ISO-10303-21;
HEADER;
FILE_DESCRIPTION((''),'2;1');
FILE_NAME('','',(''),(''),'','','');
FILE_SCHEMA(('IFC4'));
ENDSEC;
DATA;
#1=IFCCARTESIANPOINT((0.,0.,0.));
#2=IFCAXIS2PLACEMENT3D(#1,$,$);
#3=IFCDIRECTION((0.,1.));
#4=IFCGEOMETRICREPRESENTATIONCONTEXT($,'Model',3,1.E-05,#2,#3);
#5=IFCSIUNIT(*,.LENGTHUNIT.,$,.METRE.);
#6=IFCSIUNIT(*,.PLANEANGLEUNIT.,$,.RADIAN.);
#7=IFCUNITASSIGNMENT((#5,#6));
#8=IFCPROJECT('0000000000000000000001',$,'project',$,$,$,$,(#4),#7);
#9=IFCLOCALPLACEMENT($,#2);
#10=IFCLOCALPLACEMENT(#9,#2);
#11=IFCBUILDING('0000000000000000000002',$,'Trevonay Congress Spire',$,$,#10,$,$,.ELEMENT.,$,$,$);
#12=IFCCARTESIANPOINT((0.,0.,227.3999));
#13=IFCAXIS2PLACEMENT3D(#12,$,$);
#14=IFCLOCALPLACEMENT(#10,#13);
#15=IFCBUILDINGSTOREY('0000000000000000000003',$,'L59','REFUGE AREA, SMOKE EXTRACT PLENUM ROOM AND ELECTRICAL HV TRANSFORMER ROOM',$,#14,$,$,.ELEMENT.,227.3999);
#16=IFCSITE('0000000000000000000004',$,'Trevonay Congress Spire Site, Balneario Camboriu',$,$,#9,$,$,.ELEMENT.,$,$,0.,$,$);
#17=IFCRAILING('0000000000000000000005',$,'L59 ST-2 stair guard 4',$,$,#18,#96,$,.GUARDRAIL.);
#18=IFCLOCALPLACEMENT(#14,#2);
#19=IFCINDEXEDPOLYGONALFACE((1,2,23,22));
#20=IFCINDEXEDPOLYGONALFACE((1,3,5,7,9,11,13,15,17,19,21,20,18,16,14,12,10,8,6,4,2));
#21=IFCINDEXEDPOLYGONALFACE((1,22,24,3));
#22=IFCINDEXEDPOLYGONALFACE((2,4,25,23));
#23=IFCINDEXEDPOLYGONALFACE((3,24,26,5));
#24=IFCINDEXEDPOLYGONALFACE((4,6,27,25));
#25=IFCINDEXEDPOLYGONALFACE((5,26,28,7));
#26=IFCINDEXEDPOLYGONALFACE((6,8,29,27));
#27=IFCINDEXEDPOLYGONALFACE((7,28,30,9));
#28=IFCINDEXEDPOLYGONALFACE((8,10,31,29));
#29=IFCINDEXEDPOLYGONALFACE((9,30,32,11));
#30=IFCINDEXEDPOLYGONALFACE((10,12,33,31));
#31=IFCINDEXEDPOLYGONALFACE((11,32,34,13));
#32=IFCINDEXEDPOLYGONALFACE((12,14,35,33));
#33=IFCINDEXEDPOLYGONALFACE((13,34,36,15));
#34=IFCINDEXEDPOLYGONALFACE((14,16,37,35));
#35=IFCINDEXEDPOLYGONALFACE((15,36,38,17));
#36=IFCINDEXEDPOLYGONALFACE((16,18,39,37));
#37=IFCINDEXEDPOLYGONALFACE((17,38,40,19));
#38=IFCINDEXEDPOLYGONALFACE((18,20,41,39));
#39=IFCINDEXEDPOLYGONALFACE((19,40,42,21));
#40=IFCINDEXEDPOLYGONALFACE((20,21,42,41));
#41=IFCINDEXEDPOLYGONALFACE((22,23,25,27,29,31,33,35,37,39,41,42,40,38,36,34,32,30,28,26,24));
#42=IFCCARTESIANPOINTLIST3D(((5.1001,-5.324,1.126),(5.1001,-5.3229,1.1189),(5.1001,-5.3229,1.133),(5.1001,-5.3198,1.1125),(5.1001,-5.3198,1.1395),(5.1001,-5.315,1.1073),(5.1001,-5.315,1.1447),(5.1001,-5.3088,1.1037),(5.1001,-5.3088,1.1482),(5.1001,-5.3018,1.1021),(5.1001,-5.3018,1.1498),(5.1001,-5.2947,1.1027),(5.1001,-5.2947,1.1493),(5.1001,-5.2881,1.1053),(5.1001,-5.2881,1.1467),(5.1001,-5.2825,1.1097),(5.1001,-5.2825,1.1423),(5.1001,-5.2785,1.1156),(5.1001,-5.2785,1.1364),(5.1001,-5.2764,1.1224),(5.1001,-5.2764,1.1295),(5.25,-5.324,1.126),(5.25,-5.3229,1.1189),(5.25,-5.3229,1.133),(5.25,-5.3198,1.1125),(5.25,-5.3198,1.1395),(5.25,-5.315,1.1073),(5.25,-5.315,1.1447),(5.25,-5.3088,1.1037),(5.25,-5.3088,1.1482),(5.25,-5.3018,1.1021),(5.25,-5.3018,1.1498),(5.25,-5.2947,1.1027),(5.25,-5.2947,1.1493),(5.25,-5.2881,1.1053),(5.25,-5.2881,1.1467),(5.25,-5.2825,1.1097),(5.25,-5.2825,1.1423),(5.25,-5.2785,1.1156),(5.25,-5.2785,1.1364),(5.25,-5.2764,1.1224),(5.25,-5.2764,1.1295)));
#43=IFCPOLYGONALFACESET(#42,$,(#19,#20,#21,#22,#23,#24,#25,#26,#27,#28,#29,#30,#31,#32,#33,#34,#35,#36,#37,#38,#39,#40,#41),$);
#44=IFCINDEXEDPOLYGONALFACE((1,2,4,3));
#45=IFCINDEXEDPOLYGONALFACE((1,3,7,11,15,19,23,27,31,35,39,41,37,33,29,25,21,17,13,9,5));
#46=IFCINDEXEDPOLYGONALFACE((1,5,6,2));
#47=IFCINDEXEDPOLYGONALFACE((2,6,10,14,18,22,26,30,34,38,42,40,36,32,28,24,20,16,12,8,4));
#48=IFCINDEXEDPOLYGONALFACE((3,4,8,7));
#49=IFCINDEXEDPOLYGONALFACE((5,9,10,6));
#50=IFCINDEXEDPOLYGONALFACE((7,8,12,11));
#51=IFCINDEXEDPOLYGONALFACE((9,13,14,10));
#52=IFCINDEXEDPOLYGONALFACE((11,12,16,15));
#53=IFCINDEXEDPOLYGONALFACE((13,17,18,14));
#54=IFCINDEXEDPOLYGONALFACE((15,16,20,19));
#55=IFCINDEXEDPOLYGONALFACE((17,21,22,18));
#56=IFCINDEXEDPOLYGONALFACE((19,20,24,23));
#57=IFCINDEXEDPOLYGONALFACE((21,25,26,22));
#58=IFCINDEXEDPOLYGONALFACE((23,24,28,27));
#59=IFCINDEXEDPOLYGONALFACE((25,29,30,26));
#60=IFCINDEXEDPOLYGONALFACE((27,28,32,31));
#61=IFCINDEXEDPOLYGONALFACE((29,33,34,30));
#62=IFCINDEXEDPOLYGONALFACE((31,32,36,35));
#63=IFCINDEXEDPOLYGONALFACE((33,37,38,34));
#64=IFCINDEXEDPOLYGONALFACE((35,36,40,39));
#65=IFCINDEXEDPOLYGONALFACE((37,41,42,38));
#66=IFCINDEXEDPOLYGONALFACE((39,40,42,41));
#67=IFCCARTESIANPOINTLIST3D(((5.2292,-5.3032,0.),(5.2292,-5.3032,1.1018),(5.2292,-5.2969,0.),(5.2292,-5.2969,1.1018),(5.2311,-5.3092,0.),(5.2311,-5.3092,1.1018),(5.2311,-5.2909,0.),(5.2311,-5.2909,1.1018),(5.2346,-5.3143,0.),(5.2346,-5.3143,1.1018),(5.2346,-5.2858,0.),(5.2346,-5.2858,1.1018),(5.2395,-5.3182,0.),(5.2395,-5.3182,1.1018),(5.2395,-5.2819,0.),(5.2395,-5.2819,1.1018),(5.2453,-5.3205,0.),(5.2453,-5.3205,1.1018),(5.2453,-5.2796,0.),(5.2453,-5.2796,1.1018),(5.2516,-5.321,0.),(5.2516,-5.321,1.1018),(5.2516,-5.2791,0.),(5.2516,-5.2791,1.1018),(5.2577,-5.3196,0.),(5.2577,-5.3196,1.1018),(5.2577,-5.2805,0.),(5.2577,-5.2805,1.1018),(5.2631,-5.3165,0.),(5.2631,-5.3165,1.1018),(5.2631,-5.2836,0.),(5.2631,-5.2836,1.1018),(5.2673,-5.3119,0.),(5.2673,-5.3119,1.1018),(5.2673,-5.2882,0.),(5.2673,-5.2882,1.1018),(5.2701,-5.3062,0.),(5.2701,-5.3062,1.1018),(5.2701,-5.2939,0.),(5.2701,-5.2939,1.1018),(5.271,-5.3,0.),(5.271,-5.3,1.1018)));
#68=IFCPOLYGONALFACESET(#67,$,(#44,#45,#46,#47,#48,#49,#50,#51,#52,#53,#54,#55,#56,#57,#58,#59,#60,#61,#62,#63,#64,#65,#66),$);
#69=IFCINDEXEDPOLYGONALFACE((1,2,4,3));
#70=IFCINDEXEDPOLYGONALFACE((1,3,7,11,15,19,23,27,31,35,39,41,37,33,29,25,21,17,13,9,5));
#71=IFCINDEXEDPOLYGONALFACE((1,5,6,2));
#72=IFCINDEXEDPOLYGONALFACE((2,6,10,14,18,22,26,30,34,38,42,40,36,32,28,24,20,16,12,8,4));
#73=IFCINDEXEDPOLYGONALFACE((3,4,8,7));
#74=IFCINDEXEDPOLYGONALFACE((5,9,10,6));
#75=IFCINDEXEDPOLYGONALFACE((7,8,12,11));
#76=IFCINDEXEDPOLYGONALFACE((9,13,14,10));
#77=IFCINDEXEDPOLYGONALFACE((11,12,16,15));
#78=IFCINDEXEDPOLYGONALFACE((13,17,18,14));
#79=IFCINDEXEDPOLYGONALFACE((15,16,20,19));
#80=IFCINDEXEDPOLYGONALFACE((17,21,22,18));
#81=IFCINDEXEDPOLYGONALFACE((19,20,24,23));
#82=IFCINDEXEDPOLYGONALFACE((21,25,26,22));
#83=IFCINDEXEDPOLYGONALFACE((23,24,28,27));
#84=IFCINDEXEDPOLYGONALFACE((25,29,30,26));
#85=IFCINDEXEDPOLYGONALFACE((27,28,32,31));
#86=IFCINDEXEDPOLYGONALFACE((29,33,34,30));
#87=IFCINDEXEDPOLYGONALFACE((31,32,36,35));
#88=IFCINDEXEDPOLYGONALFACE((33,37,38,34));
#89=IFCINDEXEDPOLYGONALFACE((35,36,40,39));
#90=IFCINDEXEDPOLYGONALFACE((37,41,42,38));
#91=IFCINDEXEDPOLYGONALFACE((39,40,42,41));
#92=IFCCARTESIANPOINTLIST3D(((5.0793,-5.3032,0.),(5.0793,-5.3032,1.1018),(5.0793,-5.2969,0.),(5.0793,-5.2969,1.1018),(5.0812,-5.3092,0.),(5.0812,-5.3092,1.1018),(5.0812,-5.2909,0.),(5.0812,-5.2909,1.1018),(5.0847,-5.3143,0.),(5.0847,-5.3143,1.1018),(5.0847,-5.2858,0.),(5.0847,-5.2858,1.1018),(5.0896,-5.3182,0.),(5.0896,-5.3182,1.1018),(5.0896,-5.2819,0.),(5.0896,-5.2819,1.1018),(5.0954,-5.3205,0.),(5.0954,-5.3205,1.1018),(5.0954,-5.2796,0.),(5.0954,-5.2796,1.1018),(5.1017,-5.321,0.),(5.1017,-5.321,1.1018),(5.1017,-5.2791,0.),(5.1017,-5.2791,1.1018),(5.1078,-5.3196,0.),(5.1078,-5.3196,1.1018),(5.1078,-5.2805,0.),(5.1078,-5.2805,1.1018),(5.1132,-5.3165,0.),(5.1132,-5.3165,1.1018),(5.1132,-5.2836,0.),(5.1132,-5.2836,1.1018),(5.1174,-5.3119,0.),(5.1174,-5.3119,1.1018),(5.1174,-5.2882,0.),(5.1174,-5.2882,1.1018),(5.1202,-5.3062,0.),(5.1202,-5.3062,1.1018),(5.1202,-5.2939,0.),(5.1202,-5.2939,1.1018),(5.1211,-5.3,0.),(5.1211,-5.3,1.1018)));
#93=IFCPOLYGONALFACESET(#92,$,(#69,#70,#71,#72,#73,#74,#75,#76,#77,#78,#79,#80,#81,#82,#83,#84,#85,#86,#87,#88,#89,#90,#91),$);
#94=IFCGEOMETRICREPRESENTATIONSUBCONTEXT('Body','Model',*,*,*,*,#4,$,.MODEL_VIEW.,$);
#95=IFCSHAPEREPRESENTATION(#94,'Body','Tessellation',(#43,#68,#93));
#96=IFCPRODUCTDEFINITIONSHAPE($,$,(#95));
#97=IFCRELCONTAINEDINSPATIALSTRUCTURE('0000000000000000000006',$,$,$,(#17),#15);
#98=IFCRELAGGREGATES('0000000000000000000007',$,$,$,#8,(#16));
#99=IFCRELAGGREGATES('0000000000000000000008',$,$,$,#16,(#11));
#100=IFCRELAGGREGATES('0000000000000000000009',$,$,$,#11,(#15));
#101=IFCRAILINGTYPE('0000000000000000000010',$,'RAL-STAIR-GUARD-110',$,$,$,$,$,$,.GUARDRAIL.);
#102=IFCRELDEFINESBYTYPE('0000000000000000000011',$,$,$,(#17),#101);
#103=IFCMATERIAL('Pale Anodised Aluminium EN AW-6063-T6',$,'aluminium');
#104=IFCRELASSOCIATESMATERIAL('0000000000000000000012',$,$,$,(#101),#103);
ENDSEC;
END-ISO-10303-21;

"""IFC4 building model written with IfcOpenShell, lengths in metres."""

from ifc_helpers import new_model, si_unit, direction, frame, origin, origin_2d, place, context, subcontext, project, spatial, circle, extrude, material, type_object, element, save


model = new_model("IFC4")

# Units and contexts
model_context = context("Model", 3, precision=1e-05, world=origin(), true_north=direction((0.0, 1.0)))
body_context = subcontext(model_context, "Body", "Model", "MODEL_VIEW")
ifc_project = project(units=[si_unit("LENGTHUNIT", "METRE"), si_unit("PLANEANGLEUNIT", "RADIAN")], contexts=[model_context])

# Site, building, storey
site_placement = place(None, origin())
site = spatial("IfcSite", under=ifc_project, at=site_placement, Name="Trevonay Congress Spire Site, Balneario Camboriu", CompositionType="ELEMENT", RefElevation=0.0)
building_placement = place(site_placement, origin())
building = spatial("IfcBuilding", under=site, at=building_placement, Name="Trevonay Congress Spire", CompositionType="ELEMENT")
storey_placement = place(building_placement, frame((0.0, 0.0, 227.3999)))
storey = spatial("IfcBuildingStorey", under=building, at=storey_placement, Name="L59", Description="REFUGE AREA, SMOKE EXTRACT PLENUM ROOM AND ELECTRICAL HV TRANSFORMER ROOM", CompositionType="ELEMENT", Elevation=227.3999)

# Shared definitions
ifc_material_1 = material(Name="Pale Anodised Aluminium EN AW-6063-T6", Category="aluminium")

# Railing
railing_type_1 = type_object("IfcRailingType", Name="RAL-STAIR-GUARD-110", PredefinedType="GUARDRAIL", material=ifc_material_1)
railing_1_placement = place(storey_placement, frame((5.25, -5.3, 0.0)))
element("IfcRailing", 1, at=railing_1_placement, inside=storey, type_object=railing_type_1, Name="L59 ST-2 stair guard 4", PredefinedType="GUARDRAIL", context=body_context, shape_type="SweptSolid", body=[
    extrude(circle(Radius=0.0239, at=origin_2d()), frame((0.0, 0.0, 1.126), z_axis=(-1.0, 0.0, 0.0), x_axis=(0.0, -1.0, 0.0)), (0.0, 0.0, 1.0), 0.1499),
    extrude(circle(Radius=0.021, at=origin_2d()), origin(), (0.0, 0.0, 1.0), 1.1018),
    extrude(circle(Radius=0.021, at=origin_2d()), frame((-0.1499, 0.0, 0.0)), (0.0, 0.0, 1.0), 1.1018),
])

save(model, "model.ifc")
